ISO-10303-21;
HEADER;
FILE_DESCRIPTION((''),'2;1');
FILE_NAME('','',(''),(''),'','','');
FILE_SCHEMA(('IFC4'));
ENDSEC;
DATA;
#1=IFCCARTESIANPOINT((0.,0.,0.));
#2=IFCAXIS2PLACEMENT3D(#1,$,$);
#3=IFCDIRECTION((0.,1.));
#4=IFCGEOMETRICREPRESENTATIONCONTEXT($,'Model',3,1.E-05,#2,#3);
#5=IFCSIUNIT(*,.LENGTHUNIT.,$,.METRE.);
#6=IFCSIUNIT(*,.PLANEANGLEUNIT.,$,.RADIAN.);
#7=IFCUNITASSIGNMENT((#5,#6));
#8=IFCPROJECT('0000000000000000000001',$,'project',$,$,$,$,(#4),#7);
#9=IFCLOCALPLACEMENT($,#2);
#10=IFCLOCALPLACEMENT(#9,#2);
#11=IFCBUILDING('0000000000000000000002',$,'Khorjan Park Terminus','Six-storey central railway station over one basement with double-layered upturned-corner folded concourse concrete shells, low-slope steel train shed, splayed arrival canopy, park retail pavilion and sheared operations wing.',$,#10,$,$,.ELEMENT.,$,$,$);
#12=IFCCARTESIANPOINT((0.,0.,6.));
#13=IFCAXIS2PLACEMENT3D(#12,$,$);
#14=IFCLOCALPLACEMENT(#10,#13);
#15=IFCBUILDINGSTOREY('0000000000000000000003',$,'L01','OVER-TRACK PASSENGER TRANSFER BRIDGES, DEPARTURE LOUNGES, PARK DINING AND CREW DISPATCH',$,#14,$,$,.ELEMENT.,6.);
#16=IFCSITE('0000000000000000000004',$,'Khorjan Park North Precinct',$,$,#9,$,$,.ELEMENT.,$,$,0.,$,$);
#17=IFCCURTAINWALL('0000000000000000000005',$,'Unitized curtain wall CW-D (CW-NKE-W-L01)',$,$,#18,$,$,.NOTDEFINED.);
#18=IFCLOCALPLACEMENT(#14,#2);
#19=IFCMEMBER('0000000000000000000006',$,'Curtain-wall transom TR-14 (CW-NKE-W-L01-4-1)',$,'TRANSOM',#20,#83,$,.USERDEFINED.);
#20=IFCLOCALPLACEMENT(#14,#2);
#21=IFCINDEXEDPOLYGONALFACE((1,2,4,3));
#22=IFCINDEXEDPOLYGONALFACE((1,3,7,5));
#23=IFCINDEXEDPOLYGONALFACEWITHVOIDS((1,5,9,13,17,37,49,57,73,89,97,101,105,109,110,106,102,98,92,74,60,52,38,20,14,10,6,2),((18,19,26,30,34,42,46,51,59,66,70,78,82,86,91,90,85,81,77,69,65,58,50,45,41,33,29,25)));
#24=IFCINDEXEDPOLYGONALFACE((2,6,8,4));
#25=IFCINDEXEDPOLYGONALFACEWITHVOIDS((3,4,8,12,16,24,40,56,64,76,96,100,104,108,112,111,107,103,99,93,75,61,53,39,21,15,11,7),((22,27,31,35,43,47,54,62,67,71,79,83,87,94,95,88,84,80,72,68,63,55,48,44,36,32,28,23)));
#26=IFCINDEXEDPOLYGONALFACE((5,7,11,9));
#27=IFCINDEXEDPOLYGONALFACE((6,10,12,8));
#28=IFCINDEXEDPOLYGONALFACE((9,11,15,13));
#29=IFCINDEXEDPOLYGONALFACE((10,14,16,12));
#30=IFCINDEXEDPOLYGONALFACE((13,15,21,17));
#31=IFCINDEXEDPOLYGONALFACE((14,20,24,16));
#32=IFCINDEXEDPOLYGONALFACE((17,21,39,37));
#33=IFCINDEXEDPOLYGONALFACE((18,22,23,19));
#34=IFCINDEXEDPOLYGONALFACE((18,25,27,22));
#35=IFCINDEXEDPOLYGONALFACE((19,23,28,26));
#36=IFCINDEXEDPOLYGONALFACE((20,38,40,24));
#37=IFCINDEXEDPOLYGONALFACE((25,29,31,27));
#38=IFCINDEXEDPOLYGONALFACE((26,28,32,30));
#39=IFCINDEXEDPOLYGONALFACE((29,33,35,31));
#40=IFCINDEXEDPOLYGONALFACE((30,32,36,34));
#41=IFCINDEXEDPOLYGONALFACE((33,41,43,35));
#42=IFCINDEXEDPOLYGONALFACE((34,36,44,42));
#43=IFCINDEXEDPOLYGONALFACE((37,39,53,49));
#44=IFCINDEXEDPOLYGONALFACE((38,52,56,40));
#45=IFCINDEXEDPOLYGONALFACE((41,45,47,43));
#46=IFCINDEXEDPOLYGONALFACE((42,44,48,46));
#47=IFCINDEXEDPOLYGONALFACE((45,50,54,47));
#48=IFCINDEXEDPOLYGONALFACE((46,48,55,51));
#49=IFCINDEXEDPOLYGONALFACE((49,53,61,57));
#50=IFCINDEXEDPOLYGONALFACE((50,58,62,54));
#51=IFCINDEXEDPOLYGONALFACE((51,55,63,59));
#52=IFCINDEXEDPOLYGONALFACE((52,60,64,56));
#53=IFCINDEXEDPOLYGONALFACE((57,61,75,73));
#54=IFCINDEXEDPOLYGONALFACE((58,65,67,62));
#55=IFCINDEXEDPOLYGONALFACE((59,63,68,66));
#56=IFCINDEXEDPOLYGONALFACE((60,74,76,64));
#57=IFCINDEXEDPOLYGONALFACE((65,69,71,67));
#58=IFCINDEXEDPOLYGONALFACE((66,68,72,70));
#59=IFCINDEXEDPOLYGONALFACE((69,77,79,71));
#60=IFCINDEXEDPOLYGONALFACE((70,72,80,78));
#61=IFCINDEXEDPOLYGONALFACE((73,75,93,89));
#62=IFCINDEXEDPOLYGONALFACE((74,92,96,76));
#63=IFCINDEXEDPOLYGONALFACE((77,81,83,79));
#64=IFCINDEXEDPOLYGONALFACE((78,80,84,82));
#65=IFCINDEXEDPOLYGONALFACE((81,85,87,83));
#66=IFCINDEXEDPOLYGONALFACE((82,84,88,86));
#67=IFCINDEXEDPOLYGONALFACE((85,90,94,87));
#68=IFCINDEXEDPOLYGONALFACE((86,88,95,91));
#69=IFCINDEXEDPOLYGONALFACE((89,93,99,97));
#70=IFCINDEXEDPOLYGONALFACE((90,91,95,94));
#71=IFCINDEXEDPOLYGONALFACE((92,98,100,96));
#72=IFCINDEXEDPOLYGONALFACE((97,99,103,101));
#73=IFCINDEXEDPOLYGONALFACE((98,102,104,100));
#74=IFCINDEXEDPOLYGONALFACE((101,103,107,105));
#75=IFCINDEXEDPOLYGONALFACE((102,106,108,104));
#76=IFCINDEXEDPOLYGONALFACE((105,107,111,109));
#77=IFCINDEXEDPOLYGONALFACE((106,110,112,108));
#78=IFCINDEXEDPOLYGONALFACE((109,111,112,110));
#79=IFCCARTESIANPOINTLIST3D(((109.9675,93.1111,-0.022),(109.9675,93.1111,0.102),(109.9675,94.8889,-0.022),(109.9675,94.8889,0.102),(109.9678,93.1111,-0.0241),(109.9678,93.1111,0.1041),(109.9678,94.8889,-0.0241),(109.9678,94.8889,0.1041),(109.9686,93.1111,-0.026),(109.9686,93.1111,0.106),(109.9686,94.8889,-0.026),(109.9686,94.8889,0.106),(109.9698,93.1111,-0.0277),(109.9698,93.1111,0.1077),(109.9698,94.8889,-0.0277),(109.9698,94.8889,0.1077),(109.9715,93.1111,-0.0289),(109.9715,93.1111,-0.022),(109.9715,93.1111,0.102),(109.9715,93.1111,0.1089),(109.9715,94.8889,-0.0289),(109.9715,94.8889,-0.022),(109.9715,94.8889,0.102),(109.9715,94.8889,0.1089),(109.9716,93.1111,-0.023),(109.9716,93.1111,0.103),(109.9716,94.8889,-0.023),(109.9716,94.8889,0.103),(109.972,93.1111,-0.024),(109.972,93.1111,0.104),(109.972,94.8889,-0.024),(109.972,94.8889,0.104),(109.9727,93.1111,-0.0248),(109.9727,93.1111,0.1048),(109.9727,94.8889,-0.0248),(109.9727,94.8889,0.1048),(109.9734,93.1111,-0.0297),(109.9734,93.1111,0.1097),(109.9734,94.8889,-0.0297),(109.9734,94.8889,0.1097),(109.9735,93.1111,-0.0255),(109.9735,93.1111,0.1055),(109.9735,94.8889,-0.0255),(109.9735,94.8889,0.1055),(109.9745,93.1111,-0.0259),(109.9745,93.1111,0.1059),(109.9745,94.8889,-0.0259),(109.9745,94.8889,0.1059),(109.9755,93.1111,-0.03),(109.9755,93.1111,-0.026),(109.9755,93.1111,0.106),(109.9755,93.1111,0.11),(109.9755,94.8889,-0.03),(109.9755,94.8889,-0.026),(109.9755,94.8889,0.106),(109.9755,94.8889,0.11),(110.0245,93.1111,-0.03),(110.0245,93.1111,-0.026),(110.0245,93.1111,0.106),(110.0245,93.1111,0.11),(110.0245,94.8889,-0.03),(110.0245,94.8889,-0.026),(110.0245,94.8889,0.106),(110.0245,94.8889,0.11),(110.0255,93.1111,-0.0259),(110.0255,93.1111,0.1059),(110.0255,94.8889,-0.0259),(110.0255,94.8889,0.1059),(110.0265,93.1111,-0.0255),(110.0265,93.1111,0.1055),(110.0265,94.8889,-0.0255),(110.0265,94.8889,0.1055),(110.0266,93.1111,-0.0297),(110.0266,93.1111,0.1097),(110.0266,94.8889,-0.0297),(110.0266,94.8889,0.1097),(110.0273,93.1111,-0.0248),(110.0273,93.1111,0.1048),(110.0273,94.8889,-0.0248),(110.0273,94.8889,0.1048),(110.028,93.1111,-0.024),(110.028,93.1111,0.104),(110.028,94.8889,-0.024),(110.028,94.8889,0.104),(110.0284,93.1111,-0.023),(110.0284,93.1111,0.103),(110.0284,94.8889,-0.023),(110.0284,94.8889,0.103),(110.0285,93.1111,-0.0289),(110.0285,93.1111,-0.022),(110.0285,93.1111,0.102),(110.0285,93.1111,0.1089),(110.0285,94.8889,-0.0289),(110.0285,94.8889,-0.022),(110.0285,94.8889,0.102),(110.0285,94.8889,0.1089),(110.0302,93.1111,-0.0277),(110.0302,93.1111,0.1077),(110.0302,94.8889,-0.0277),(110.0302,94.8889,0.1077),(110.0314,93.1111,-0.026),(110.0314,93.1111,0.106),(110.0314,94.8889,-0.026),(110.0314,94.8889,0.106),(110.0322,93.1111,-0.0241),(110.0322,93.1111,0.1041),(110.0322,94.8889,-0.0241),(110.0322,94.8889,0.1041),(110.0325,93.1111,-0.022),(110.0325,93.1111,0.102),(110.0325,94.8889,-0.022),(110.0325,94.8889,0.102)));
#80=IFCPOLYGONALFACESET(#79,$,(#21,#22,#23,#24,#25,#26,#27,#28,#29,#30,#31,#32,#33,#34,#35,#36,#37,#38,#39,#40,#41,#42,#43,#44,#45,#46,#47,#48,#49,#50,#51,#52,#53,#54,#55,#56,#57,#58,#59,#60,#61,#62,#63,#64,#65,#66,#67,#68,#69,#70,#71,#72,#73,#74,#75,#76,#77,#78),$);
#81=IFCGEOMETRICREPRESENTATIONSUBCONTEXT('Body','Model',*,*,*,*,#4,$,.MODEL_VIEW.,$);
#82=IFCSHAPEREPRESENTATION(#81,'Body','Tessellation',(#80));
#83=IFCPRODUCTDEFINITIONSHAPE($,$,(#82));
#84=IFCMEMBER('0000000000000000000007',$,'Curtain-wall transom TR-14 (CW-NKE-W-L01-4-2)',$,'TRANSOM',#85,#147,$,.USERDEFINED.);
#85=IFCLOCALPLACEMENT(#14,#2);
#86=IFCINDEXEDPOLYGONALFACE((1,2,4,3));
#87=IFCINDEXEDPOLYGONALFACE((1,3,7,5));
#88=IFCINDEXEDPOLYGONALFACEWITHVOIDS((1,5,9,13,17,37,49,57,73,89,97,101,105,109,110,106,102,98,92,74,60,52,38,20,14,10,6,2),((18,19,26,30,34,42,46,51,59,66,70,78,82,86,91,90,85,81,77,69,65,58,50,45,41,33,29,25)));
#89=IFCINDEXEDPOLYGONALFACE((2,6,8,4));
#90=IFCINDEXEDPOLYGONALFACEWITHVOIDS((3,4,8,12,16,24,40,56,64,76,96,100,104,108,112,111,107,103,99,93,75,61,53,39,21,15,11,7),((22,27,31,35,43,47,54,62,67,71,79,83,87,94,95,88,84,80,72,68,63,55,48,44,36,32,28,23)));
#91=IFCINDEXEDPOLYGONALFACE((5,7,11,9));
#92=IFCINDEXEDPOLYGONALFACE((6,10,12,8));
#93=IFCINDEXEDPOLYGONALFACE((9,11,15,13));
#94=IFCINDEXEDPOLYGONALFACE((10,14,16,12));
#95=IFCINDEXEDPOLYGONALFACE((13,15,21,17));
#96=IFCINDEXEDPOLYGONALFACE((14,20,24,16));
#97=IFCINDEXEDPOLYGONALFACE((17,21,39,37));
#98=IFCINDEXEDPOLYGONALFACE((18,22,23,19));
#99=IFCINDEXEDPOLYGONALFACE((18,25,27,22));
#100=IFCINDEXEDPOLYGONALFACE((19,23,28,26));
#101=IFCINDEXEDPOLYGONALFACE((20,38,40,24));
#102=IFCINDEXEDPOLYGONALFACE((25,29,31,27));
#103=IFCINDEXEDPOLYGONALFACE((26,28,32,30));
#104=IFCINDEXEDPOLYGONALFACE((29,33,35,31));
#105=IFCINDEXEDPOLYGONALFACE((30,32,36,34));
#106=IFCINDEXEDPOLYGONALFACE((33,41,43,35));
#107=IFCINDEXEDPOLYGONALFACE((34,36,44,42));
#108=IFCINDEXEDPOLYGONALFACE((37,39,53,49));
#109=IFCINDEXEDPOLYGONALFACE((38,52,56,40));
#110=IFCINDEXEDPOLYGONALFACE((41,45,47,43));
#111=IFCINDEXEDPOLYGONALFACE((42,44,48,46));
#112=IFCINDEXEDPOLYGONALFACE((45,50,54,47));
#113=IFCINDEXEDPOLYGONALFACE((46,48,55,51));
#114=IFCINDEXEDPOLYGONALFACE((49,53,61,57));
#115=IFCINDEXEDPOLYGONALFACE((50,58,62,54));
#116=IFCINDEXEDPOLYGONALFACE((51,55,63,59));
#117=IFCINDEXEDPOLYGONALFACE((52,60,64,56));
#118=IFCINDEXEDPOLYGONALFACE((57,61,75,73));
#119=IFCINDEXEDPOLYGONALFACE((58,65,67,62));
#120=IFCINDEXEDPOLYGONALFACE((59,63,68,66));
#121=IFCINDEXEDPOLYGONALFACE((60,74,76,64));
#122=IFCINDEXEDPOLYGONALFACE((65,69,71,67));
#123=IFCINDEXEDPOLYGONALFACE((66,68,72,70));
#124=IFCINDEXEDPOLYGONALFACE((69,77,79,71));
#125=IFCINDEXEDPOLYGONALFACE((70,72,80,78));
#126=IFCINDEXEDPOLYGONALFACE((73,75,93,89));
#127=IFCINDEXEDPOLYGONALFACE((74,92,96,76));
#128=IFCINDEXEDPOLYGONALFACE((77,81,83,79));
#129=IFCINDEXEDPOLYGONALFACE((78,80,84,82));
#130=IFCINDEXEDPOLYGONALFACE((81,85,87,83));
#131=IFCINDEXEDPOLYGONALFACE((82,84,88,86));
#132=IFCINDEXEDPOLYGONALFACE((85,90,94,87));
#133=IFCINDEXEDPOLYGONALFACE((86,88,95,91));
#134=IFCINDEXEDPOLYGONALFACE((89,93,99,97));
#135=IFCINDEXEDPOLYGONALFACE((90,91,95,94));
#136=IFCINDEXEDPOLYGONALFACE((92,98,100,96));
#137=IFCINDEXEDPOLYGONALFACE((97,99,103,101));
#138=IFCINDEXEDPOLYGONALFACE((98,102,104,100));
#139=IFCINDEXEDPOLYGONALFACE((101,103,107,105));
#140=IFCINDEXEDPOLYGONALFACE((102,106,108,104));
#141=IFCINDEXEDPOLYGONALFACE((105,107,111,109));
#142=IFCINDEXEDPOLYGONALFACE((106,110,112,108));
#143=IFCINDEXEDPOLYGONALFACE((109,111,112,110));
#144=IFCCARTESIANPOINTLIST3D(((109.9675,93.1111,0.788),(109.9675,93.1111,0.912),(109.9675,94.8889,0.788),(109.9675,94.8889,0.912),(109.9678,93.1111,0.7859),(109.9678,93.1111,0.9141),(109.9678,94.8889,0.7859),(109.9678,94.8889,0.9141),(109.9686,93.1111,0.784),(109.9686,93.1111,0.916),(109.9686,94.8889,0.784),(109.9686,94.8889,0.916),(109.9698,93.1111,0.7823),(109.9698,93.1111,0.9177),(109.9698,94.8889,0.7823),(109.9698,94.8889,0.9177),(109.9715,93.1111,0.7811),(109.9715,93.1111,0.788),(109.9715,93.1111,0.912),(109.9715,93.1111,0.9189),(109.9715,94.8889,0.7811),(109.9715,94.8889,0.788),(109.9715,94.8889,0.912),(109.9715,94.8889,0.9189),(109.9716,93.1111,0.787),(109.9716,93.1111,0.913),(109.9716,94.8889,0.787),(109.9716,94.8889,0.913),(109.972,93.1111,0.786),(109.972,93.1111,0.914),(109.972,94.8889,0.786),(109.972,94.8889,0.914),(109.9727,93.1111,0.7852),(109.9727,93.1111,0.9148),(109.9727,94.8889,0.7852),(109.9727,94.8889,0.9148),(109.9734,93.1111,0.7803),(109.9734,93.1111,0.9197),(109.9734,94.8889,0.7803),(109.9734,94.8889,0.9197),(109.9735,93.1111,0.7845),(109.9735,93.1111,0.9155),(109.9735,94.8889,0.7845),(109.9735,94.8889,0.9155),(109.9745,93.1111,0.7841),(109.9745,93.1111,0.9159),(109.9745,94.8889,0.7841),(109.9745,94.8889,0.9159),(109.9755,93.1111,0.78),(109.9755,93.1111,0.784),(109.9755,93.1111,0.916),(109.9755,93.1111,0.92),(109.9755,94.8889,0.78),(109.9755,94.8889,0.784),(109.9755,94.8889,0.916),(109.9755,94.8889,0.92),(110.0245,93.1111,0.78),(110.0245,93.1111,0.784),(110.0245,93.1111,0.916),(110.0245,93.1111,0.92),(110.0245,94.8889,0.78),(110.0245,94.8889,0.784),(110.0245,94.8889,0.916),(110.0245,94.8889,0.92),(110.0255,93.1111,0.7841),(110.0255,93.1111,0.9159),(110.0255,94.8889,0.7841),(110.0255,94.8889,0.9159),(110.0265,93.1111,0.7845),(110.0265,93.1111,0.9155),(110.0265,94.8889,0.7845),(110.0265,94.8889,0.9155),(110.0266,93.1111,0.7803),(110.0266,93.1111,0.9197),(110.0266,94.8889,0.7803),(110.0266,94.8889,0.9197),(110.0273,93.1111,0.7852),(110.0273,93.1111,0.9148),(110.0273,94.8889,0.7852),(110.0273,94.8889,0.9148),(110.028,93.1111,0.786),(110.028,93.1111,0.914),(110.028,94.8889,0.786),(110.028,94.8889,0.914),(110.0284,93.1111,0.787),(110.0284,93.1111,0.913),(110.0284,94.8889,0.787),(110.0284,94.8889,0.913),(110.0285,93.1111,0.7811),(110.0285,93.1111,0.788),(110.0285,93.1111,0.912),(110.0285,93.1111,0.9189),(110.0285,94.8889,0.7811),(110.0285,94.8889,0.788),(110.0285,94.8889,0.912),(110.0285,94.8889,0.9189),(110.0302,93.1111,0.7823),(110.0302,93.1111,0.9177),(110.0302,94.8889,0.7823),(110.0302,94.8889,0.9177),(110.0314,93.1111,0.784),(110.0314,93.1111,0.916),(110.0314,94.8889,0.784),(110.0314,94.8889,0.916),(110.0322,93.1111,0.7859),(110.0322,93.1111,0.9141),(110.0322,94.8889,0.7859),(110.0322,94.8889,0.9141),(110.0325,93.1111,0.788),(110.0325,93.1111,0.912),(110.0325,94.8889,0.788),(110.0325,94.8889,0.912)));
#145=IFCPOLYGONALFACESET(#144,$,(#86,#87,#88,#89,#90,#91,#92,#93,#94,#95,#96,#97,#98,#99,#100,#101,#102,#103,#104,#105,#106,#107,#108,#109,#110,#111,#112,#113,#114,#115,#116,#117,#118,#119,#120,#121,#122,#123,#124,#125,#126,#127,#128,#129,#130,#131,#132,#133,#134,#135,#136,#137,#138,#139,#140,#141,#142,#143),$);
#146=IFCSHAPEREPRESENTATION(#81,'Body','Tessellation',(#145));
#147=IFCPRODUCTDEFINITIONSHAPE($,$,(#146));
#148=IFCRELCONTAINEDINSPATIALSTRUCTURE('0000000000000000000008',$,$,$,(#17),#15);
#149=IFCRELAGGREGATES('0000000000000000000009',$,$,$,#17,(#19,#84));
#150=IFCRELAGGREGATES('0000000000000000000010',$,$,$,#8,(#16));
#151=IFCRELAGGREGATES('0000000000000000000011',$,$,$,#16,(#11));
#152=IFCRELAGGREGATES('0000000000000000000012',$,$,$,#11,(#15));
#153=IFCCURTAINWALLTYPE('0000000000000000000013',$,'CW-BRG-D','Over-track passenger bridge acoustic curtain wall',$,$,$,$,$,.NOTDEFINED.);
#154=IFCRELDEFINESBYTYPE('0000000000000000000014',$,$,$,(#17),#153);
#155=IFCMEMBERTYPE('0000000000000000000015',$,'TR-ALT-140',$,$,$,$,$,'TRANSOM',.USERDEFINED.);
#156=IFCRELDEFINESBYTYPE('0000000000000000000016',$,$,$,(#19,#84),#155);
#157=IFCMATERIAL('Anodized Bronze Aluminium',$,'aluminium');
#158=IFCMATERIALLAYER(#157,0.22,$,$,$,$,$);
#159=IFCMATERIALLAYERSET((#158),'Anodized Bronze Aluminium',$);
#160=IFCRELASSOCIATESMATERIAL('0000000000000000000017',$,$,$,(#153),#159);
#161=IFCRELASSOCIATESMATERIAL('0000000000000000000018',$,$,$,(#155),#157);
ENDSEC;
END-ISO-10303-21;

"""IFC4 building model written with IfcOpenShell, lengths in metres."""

from ifc_helpers import new_model, si_unit, direction, frame, origin, origin_2d, place, context, subcontext, project, spatial, hollow_rectangle, extrude, material, layer, layer_set, material_profile, profile_set, type_object, element, aggregate, save


model = new_model("IFC4")

# Units and contexts
model_context = context("Model", 3, precision=1e-05, world=origin(), true_north=direction((0.0, 1.0)))
body_context = subcontext(model_context, "Body", "Model", "MODEL_VIEW")
ifc_project = project(units=[si_unit("LENGTHUNIT", "METRE"), si_unit("PLANEANGLEUNIT", "RADIAN")], contexts=[model_context])

# Site, building, storey
site_placement = place(None, origin())
site = spatial("IfcSite", under=ifc_project, at=site_placement, Name="Khorjan Park North Precinct", CompositionType="ELEMENT", RefElevation=0.0)
building_placement = place(site_placement, origin())
building = spatial("IfcBuilding", under=site, at=building_placement, Name="Khorjan Park Terminus", Description="Six-storey central railway station over one basement with double-layered upturned-corner folded concourse concrete shells, low-slope steel train shed, splayed arrival canopy, park retail pavilion and sheared operations wing.", CompositionType="ELEMENT")
storey_placement = place(building_placement, frame((0.0, 0.0, 6.0)))
storey = spatial("IfcBuildingStorey", under=building, at=storey_placement, Name="L01", Description="OVER-TRACK PASSENGER TRANSFER BRIDGES, DEPARTURE LOUNGES, PARK DINING AND CREW DISPATCH", CompositionType="ELEMENT", Elevation=6.0)

# Curtain wall, members
ifc_material_1 = material(Name="Anodized Bronze Aluminium", Category="aluminium")
ifc_layer_1 = layer(ifc_material_1, 0.22)
ifc_layer_set_1 = layer_set([ifc_layer_1], Name="Anodized Bronze Aluminium")
curtain_wall_type = type_object("IfcCurtainWallType", Name="CW-BRG-D", Description="Over-track passenger bridge acoustic curtain wall", PredefinedType="NOTDEFINED", material=ifc_layer_set_1)
curtain_wall_placement = place(storey_placement, origin())
curtain_wall = element("IfcCurtainWall", 1, at=curtain_wall_placement, inside=storey, type_object=curtain_wall_type, Name="Unitized curtain wall CW-D (CW-NKE-W-L01)", PredefinedType="NOTDEFINED")
ifc_material_profile_1 = material_profile(ifc_material_1, hollow_rectangle(XDim=0.065, YDim=0.14, WallThickness=0.004, InnerFilletRadius=0.004, OuterFilletRadius=0.008, at=origin_2d()), Name="ALT 65x140x4")
ifc_profile_set_1 = profile_set([ifc_material_profile_1], Name="Anodized Bronze Aluminium")
member_type_1 = type_object("IfcMemberType", Name="TR-ALT-140", ElementType="TRANSOM", PredefinedType="USERDEFINED", material=ifc_profile_set_1)
member_1_placement = place(storey_placement, frame((110.0, 94.8889, 0.04), z_axis=(0.0, -1.0, 0.0), x_axis=(1.0, 0.0, 0.0)))
member_1 = element("IfcMember", 2, at=member_1_placement, type_object=member_type_1, Name="Curtain-wall transom TR-14 (CW-NKE-W-L01-4-1)", ObjectType="TRANSOM", PredefinedType="USERDEFINED", context=body_context, shape_type="SweptSolid", body=[
    extrude(hollow_rectangle(XDim=0.065, YDim=0.14, WallThickness=0.004, InnerFilletRadius=0.004, OuterFilletRadius=0.008, at=origin_2d()), origin(), (0.0, 0.0, 1.0), 1.7778),
])
member_2_placement = place(storey_placement, frame((110.0, 94.8889, 0.85), z_axis=(0.0, -1.0, 0.0), x_axis=(1.0, 0.0, 0.0)))
member_2 = element("IfcMember", 3, at=member_2_placement, type_object=member_type_1, Name="Curtain-wall transom TR-14 (CW-NKE-W-L01-4-2)", ObjectType="TRANSOM", PredefinedType="USERDEFINED", context=body_context, shape_type="SweptSolid", body=[
    extrude(hollow_rectangle(XDim=0.065, YDim=0.14, WallThickness=0.004, InnerFilletRadius=0.004, OuterFilletRadius=0.008, at=origin_2d()), origin(), (0.0, 0.0, 1.0), 1.7778),
])
aggregate(curtain_wall, [member_1, member_2])

save(model, "model.ifc")
